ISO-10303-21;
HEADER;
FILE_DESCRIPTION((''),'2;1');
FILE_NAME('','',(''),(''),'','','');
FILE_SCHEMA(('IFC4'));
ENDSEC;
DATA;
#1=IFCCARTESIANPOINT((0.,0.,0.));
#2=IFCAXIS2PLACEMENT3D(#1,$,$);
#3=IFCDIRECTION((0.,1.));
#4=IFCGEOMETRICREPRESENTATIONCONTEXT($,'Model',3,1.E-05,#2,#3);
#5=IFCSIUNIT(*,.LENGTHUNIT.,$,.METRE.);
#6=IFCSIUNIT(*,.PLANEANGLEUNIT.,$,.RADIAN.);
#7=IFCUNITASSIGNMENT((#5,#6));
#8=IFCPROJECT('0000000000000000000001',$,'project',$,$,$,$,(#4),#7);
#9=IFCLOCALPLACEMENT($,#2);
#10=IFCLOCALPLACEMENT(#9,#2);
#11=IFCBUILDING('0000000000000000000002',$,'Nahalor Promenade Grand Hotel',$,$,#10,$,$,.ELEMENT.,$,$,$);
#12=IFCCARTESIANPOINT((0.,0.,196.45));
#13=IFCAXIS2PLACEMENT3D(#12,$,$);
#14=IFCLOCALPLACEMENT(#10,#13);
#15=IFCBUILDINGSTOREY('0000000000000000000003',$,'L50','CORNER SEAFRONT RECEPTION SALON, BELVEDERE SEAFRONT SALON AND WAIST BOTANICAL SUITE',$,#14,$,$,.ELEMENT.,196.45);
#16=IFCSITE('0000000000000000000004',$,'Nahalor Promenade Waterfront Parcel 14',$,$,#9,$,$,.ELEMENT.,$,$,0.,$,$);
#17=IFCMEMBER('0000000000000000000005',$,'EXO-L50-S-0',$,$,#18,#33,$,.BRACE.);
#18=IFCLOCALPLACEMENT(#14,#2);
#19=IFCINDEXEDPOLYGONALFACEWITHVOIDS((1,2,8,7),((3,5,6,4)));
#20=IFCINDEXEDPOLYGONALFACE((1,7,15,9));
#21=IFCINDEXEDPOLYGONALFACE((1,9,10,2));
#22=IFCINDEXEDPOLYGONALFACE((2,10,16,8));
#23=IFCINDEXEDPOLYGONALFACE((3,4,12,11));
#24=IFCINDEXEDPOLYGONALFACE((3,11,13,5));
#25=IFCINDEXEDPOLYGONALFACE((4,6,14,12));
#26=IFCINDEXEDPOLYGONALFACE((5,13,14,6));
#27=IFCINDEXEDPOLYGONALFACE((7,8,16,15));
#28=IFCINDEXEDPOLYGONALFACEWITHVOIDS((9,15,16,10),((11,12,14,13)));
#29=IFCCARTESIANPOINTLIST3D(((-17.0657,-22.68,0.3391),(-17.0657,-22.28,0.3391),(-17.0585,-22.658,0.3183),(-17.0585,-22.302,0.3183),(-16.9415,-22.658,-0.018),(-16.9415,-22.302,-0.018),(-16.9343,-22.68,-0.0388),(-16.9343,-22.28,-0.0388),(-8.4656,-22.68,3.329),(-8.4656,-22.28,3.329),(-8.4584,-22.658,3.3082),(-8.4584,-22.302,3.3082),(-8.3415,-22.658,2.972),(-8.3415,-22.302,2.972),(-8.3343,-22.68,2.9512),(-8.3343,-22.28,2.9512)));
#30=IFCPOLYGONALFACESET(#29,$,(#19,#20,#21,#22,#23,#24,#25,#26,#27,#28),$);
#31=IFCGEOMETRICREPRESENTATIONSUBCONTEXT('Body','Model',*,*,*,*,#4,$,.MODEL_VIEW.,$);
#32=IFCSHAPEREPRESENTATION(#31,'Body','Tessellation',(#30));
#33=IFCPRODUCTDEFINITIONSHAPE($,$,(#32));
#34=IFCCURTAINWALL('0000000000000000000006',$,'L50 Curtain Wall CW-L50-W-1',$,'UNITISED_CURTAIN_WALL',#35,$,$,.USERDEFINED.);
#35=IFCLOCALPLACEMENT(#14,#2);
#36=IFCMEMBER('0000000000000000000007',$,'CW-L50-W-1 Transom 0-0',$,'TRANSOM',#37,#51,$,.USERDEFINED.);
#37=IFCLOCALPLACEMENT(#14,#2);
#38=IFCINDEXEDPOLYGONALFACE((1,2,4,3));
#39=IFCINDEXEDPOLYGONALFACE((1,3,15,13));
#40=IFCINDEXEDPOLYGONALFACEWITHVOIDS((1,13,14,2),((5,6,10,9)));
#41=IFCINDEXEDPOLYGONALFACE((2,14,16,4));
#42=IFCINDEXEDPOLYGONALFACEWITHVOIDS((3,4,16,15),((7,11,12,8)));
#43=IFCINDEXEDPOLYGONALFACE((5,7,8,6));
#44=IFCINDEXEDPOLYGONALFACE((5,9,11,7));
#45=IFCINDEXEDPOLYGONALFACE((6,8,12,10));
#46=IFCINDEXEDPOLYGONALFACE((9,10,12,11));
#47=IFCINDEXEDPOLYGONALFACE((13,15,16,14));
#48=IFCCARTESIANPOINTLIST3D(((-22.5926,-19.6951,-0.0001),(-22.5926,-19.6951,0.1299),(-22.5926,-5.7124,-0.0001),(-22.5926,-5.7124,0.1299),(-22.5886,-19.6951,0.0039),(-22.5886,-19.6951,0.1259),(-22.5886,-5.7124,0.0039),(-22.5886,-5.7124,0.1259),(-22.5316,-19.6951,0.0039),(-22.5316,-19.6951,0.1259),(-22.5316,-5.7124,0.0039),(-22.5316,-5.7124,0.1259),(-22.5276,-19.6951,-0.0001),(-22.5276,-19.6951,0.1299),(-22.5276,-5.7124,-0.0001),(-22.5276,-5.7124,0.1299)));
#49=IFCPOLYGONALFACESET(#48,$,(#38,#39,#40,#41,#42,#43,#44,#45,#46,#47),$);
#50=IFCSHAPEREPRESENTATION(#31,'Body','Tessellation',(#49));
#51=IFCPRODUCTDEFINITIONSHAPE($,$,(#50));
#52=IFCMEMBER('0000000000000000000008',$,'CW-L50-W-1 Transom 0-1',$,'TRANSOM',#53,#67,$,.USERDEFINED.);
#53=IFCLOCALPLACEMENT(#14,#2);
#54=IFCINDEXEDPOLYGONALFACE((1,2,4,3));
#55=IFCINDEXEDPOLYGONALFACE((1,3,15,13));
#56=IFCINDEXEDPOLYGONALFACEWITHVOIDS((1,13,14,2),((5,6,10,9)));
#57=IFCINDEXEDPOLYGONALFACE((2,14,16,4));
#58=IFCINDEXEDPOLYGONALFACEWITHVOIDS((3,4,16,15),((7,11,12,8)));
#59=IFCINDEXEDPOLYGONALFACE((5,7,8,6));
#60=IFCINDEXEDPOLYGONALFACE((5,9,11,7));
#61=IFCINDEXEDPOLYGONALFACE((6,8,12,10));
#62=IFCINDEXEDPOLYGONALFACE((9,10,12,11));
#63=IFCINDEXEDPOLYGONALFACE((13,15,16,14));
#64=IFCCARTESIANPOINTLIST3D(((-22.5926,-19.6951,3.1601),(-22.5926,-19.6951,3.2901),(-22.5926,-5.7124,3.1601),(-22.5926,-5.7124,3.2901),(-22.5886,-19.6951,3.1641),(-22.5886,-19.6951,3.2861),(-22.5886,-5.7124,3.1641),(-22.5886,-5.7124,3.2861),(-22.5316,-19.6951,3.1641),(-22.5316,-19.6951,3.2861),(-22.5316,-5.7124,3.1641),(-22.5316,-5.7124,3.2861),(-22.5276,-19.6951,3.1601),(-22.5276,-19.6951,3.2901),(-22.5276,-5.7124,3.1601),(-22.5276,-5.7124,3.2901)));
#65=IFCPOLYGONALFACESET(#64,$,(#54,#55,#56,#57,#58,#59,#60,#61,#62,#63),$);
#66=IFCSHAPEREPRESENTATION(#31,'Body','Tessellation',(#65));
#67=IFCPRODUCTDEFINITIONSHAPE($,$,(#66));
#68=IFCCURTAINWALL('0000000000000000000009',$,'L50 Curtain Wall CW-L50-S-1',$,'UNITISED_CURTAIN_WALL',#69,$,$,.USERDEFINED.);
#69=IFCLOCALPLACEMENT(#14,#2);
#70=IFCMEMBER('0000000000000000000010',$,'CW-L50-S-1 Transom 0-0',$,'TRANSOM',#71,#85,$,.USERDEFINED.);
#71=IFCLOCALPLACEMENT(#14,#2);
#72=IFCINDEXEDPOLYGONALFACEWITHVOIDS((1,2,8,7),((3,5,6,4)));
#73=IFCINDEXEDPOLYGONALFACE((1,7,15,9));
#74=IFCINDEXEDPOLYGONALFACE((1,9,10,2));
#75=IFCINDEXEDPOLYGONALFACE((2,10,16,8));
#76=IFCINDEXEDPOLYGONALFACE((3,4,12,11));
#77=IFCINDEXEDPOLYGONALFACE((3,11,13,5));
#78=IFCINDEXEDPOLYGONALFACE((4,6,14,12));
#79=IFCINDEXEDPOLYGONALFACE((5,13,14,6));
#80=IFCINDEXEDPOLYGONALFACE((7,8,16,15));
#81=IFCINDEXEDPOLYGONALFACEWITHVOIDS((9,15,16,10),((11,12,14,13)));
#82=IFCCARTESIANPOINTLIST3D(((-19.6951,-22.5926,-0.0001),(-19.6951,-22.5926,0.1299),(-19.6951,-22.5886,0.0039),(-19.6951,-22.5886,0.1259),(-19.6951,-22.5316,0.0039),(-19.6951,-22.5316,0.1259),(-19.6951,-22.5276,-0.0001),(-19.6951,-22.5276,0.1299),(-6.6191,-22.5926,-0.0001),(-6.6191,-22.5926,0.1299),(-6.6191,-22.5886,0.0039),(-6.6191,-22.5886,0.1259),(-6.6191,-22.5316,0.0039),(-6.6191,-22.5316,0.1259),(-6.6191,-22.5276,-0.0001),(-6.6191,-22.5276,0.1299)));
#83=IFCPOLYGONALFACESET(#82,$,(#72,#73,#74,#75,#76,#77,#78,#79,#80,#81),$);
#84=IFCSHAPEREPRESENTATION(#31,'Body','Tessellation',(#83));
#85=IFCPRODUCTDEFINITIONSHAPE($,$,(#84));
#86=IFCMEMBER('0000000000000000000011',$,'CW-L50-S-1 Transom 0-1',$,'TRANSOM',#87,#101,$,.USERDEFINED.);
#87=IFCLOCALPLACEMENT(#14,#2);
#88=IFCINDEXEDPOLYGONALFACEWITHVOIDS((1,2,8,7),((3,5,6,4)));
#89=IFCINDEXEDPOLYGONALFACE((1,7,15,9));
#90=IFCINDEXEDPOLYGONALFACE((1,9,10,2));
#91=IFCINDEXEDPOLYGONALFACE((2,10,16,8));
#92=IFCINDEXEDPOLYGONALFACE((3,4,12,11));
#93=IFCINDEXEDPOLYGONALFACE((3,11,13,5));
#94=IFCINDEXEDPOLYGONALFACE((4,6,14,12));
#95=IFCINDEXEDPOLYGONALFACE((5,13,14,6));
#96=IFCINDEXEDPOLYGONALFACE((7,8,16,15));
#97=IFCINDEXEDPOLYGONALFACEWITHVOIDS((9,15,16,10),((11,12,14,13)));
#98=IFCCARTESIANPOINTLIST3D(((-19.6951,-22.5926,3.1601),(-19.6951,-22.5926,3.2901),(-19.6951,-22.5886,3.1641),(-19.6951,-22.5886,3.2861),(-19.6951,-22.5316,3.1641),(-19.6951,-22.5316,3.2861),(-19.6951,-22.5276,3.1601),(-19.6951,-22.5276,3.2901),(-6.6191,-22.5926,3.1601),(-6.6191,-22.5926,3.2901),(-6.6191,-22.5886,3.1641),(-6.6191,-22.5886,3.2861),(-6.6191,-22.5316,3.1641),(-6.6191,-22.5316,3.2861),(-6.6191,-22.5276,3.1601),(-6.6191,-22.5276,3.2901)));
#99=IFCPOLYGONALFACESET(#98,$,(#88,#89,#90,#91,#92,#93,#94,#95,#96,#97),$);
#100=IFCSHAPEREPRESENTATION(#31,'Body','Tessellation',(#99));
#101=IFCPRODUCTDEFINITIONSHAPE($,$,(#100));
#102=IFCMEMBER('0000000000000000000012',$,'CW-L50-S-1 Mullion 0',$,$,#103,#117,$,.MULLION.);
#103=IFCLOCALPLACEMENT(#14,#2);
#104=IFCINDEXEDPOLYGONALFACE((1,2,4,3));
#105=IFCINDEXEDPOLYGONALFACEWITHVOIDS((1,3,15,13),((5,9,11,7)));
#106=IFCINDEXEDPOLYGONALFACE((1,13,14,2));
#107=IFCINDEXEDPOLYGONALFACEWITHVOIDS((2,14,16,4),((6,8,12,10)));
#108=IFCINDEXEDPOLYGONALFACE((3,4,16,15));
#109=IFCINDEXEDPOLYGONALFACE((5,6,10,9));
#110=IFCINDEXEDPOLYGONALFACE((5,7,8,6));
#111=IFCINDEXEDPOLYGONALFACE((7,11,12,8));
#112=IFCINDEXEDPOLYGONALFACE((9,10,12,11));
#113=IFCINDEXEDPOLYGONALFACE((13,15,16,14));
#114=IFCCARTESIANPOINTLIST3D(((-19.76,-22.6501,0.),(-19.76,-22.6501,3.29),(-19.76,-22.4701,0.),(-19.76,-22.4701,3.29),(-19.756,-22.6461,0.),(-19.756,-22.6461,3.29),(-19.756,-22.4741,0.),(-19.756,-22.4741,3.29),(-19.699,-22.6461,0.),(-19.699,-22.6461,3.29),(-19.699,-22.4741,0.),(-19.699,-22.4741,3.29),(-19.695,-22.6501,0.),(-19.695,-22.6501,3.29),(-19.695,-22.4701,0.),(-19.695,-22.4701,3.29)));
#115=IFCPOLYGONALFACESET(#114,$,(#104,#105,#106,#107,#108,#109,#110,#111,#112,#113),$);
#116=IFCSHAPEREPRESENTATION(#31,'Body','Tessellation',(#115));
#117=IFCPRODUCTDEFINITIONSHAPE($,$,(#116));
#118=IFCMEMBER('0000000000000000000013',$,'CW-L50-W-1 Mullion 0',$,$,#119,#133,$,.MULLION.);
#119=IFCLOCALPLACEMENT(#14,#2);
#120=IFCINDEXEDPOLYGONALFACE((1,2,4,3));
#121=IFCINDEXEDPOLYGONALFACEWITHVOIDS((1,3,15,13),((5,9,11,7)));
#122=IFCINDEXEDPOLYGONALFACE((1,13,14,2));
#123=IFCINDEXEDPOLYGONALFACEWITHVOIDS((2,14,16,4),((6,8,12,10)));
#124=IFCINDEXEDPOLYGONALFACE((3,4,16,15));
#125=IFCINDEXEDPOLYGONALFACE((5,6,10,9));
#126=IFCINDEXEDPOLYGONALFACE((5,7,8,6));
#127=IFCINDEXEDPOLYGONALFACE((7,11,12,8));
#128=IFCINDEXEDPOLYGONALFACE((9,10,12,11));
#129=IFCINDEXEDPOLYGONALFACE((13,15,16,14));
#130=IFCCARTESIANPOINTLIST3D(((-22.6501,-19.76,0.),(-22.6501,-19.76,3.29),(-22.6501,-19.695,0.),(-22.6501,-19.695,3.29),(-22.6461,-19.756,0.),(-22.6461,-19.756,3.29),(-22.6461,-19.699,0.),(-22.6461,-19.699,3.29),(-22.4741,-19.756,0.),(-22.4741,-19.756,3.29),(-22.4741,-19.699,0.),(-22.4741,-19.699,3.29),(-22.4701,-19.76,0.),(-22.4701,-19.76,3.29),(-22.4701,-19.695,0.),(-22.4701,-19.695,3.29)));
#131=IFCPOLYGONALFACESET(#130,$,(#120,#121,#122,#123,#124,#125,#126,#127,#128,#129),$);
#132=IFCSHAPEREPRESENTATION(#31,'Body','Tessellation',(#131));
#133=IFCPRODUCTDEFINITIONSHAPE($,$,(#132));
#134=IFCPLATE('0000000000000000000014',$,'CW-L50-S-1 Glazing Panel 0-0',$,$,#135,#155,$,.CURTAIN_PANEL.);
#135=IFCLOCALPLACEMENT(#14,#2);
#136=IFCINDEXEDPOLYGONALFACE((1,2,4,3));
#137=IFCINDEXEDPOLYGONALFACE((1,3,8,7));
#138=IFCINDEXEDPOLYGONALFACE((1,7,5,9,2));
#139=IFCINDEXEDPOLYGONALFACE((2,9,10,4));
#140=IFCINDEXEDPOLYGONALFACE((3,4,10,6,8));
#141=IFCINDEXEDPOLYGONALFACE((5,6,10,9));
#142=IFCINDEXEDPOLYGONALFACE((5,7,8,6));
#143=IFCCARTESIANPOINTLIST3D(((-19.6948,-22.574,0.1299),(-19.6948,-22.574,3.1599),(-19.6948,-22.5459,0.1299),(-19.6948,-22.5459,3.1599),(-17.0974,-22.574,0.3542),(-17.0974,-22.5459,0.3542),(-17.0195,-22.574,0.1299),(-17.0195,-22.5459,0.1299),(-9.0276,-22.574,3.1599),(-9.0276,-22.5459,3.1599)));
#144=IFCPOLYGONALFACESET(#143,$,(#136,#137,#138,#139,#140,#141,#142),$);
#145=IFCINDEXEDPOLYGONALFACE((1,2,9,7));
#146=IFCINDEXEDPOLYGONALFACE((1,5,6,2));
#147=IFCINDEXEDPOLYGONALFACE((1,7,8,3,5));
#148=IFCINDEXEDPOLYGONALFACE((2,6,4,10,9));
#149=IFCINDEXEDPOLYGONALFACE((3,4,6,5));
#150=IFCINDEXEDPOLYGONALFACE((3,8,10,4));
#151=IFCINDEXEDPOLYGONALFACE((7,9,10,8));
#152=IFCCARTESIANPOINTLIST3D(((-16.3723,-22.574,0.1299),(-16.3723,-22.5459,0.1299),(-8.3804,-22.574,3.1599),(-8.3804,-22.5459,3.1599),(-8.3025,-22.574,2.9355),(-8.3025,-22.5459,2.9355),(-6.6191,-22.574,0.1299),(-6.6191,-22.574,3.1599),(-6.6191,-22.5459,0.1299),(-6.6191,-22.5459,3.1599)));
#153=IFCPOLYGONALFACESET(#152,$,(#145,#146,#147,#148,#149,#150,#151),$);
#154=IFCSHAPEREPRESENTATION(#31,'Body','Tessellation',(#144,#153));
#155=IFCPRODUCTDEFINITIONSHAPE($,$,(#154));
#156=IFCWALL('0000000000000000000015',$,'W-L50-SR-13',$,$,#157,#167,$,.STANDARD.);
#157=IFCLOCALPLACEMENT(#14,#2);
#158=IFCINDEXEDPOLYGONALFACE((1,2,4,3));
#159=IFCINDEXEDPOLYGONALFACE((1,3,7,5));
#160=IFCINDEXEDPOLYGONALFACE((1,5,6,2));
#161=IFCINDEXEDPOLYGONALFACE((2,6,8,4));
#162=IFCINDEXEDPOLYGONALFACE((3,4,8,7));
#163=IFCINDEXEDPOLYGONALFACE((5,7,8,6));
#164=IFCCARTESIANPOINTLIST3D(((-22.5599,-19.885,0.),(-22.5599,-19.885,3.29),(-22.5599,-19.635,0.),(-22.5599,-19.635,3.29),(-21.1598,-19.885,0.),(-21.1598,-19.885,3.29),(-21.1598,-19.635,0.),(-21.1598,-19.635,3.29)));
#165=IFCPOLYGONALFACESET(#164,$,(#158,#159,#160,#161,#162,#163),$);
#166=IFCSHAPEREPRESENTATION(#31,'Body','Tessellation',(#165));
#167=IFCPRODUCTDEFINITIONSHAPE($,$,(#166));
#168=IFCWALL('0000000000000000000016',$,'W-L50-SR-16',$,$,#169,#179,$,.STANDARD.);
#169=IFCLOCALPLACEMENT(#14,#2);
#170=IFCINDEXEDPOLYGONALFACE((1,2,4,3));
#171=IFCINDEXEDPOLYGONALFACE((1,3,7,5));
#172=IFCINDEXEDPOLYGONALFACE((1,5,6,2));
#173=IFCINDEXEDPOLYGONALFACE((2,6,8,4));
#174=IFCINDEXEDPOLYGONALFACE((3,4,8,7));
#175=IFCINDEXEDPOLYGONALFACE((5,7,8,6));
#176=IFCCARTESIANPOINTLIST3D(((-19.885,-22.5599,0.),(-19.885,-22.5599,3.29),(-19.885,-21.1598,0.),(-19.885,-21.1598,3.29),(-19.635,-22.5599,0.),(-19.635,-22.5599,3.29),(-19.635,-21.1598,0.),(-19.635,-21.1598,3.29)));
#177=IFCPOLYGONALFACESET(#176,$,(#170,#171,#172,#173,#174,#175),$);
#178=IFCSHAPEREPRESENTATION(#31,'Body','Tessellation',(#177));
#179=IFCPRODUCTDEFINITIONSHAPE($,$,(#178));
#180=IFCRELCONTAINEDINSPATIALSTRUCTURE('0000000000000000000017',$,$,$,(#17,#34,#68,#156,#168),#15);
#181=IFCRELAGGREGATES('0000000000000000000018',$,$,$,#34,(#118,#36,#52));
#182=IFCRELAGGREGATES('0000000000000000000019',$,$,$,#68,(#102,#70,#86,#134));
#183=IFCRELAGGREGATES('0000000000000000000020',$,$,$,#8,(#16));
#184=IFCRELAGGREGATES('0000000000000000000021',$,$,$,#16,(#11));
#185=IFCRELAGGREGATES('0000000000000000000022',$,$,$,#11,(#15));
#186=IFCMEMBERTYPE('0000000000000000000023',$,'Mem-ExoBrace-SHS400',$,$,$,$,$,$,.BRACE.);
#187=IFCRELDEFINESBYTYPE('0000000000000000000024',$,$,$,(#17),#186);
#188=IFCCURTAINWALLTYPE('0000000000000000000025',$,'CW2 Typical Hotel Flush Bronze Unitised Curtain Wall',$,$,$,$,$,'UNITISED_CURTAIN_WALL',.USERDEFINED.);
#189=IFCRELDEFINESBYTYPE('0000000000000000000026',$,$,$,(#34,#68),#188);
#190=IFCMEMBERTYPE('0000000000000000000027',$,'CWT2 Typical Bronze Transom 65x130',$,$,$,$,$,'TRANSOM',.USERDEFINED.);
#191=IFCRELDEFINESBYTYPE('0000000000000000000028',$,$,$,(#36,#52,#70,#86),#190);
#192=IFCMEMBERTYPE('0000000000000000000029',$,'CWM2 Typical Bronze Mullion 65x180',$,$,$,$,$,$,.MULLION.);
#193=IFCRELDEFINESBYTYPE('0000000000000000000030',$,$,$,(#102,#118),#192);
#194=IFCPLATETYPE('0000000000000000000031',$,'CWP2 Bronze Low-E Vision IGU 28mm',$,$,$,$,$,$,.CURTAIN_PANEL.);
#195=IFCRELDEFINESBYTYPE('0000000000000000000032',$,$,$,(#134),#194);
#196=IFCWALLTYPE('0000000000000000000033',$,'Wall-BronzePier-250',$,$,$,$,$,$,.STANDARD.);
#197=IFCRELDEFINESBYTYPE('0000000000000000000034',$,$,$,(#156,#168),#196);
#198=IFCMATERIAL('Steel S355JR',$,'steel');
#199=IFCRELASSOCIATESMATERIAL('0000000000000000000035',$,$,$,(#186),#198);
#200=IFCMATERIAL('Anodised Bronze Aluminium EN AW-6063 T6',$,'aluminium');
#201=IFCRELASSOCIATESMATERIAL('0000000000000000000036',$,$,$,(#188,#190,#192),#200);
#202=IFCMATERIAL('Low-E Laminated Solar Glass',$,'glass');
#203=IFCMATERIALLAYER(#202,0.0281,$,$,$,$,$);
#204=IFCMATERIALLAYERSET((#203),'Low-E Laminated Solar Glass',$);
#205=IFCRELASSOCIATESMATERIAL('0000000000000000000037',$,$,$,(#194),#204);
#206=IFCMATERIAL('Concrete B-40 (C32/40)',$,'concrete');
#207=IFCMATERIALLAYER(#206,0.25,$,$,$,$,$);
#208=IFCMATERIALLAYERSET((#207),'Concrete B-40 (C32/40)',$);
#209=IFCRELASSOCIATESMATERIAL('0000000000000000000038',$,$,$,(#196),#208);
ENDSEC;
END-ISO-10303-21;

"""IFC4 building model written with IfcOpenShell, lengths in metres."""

from ifc_helpers import new_model, si_unit, direction, frame, frame_2d, origin, origin_2d, place, context, subcontext, project, spatial, polyline, rectangle, hollow_rectangle, outline, extrude, source, transform, mapped, material, layer, layer_set, material_profile, profile_set, type_object, element, aggregate, save


model = new_model("IFC4")

# Units and contexts
model_context = context("Model", 3, precision=1e-05, world=origin(), true_north=direction((0.0, 1.0)))
body_context = subcontext(model_context, "Body", "Model", "MODEL_VIEW")
ifc_project = project(units=[si_unit("LENGTHUNIT", "METRE"), si_unit("PLANEANGLEUNIT", "RADIAN")], contexts=[model_context])

# Site, building, storey
site_placement = place(None, origin())
site = spatial("IfcSite", under=ifc_project, at=site_placement, Name="Nahalor Promenade Waterfront Parcel 14", CompositionType="ELEMENT", RefElevation=0.0)
building_placement = place(site_placement, origin())
building = spatial("IfcBuilding", under=site, at=building_placement, Name="Nahalor Promenade Grand Hotel", CompositionType="ELEMENT")
storey_placement = place(building_placement, frame((0.0, 0.0, 196.45)))
storey = spatial("IfcBuildingStorey", under=building, at=storey_placement, Name="L50", Description="CORNER SEAFRONT RECEPTION SALON, BELVEDERE SEAFRONT SALON AND WAIST BOTANICAL SUITE", CompositionType="ELEMENT", Elevation=196.45)

# Shared definitions
ifc_material_1 = material(Name="Steel S355JR", Category="steel")

# Member
ifc_material_profile_1 = material_profile(ifc_material_1, hollow_rectangle(XDim=0.4, YDim=0.4, WallThickness=0.022, at=origin_2d()), Name="SHS 400x400x22")
ifc_profile_set_1 = profile_set([ifc_material_profile_1], Name="Steel S355JR")
member_type_1 = type_object("IfcMemberType", Name="Mem-ExoBrace-SHS400", PredefinedType="BRACE", material=ifc_profile_set_1)
shared_shape_1 = source(origin(), body_context, "Body", "SweptSolid", [
    extrude(hollow_rectangle(XDim=0.4, YDim=0.4, WallThickness=0.022, at=origin_2d()), origin(), (0.0, 0.0, 1.0), 9.105),
])
member_1_placement = place(storey_placement, frame((-17.0, -22.48, 0.1501), z_axis=(0.944543, 0.0, 0.328389), x_axis=(0.0, 1.0, 0.0)))
element("IfcMember", 1, at=member_1_placement, inside=storey, type_object=member_type_1, Name="EXO-L50-S-0", PredefinedType="BRACE", context=body_context, shape_type="MappedRepresentation", body=[
    mapped(shared_shape_1, transform((0.0, 0.0, 0.0), scale=1.0)),
])

# Curtain walls, members
ifc_material_2 = material(Name="Anodised Bronze Aluminium EN AW-6063 T6", Category="aluminium")
curtain_wall_type = type_object("IfcCurtainWallType", Name="CW2 Typical Hotel Flush Bronze Unitised Curtain Wall", ElementType="UNITISED_CURTAIN_WALL", PredefinedType="USERDEFINED", material=ifc_material_2)
curtain_wall_1_placement = place(storey_placement, origin())
curtain_wall_1 = element("IfcCurtainWall", 2, at=curtain_wall_1_placement, inside=storey, type_object=curtain_wall_type, Name="L50 Curtain Wall CW-L50-W-1", ObjectType="UNITISED_CURTAIN_WALL", PredefinedType="USERDEFINED")
ifc_material_profile_2 = material_profile(ifc_material_2, hollow_rectangle(XDim=0.065, YDim=0.13, WallThickness=0.004, at=origin_2d()), Name="CWT 65x130x4")
ifc_profile_set_2 = profile_set([ifc_material_profile_2], Name="Anodised Bronze Aluminium EN AW-6063 T6")
member_type_2 = type_object("IfcMemberType", Name="CWT2 Typical Bronze Transom 65x130", ElementType="TRANSOM", PredefinedType="USERDEFINED", material=ifc_profile_set_2)
shared_shape_2 = source(origin(), body_context, "Body", "SweptSolid", [
    extrude(hollow_rectangle(XDim=0.065, YDim=0.13, WallThickness=0.004, at=origin_2d()), origin(), (0.0, 0.0, 1.0), 13.9827),
])
member_2_placement = place(storey_placement, frame((-22.5601, -19.6951, 0.0649), z_axis=(0.0, 1.0, 0.0), x_axis=(-1.0, 0.0, 0.0)))
member_2 = element("IfcMember", 3, at=member_2_placement, type_object=member_type_2, Name="CW-L50-W-1 Transom 0-0", ObjectType="TRANSOM", PredefinedType="USERDEFINED", context=body_context, shape_type="MappedRepresentation", body=[
    mapped(shared_shape_2, transform((0.0, 0.0, 0.0), scale=1.0)),
])
member_3_placement = place(storey_placement, frame((-22.5601, -19.6951, 3.2251), z_axis=(0.0, 1.0, 0.0), x_axis=(-1.0, 0.0, 0.0)))
member_3 = element("IfcMember", 4, at=member_3_placement, type_object=member_type_2, Name="CW-L50-W-1 Transom 0-1", ObjectType="TRANSOM", PredefinedType="USERDEFINED", context=body_context, shape_type="MappedRepresentation", body=[
    mapped(shared_shape_2, transform((0.0, 0.0, 0.0), scale=1.0)),
])
curtain_wall_2_placement = place(storey_placement, origin())
curtain_wall_2 = element("IfcCurtainWall", 5, at=curtain_wall_2_placement, inside=storey, type_object=curtain_wall_type, Name="L50 Curtain Wall CW-L50-S-1", ObjectType="UNITISED_CURTAIN_WALL", PredefinedType="USERDEFINED")
shared_shape_3 = source(origin(), body_context, "Body", "SweptSolid", [
    extrude(hollow_rectangle(XDim=0.065, YDim=0.13, WallThickness=0.004, at=origin_2d()), origin(), (0.0, 0.0, 1.0), 13.0759),
])
member_4_placement = place(storey_placement, frame((-19.6951, -22.5601, 0.0649), z_axis=(1.0, 0.0, 0.0), x_axis=(0.0, 1.0, 0.0)))
member_4 = element("IfcMember", 6, at=member_4_placement, type_object=member_type_2, Name="CW-L50-S-1 Transom 0-0", ObjectType="TRANSOM", PredefinedType="USERDEFINED", context=body_context, shape_type="MappedRepresentation", body=[
    mapped(shared_shape_3, transform((0.0, 0.0, 0.0), scale=1.0)),
])
member_5_placement = place(storey_placement, frame((-19.6951, -22.5601, 3.2251), z_axis=(1.0, 0.0, 0.0), x_axis=(0.0, 1.0, 0.0)))
member_5 = element("IfcMember", 7, at=member_5_placement, type_object=member_type_2, Name="CW-L50-S-1 Transom 0-1", ObjectType="TRANSOM", PredefinedType="USERDEFINED", context=body_context, shape_type="MappedRepresentation", body=[
    mapped(shared_shape_3, transform((0.0, 0.0, 0.0), scale=1.0)),
])
ifc_material_profile_3 = material_profile(ifc_material_2, hollow_rectangle(XDim=0.065, YDim=0.18, WallThickness=0.004, at=origin_2d()), Name="CWM 65x180x4")
ifc_profile_set_3 = profile_set([ifc_material_profile_3], Name="Anodised Bronze Aluminium EN AW-6063 T6")
member_type_3 = type_object("IfcMemberType", Name="CWM2 Typical Bronze Mullion 65x180", PredefinedType="MULLION", material=ifc_profile_set_3)
shared_shape_4 = source(origin(), body_context, "Body", "SweptSolid", [
    extrude(hollow_rectangle(XDim=0.065, YDim=0.18, WallThickness=0.004, at=origin_2d()), origin(), (0.0, 0.0, 1.0), 3.29),
])
member_6_placement = place(storey_placement, frame((-19.7275, -22.5601, 0.0), z_axis=(0.0, 0.0, 1.0), x_axis=(1.0, 0.0, 0.0)))
member_6 = element("IfcMember", 8, at=member_6_placement, type_object=member_type_3, Name="CW-L50-S-1 Mullion 0", PredefinedType="MULLION", context=body_context, shape_type="MappedRepresentation", body=[
    mapped(shared_shape_4, transform((0.0, 0.0, 0.0), scale=1.0)),
])

# Member
member_7_placement = place(storey_placement, frame((-22.5601, -19.7275, 0.0), z_axis=(0.0, 0.0, 1.0), x_axis=(0.0, 1.0, 0.0)))
member_7 = element("IfcMember", 9, at=member_7_placement, type_object=member_type_3, Name="CW-L50-W-1 Mullion 0", PredefinedType="MULLION", context=body_context, shape_type="MappedRepresentation", body=[
    mapped(shared_shape_4, transform((0.0, 0.0, 0.0), scale=1.0)),
])
aggregate(curtain_wall_1, [member_7, member_2, member_3])

# Plate
ifc_material_3 = material(Name="Low-E Laminated Solar Glass", Category="glass")
ifc_layer_1 = layer(ifc_material_3, 0.0281)
ifc_layer_set_1 = layer_set([ifc_layer_1], Name="Low-E Laminated Solar Glass")
plate_type = type_object("IfcPlateType", Name="CWP2 Bronze Low-E Vision IGU 28mm", PredefinedType="CURTAIN_PANEL", material=ifc_layer_set_1)
plate_placement = place(storey_placement, frame((-13.157, -22.5601, 0.1299), z_axis=(0.0, 0.0, 1.0), x_axis=(1.0, 0.0, 0.0)))
plate = element("IfcPlate", 10, at=plate_placement, type_object=plate_type, Name="CW-L50-S-1 Glazing Panel 0-0", PredefinedType="CURTAIN_PANEL", context=body_context, shape_type="SweptSolid", body=[
    extrude(outline(polyline([(-6.5378, 3.03), (-6.5378, 0.0), (-3.8625, 0.0), (-3.9404, 0.2244), (4.1294, 3.03), (-6.5378, 3.03)])), frame((0.0, 0.0142, 0.0), z_axis=(0.0, -1.0, 0.0), x_axis=(1.0, 0.0, 0.0)), (0.0, 0.0, 1.0), 0.0281),
    extrude(outline(polyline([(6.5378, 0.0), (6.5378, 3.03), (4.7766, 3.03), (4.8545, 2.8057), (-3.2153, 0.0), (6.5378, 0.0)])), frame((0.0, 0.0142, 0.0), z_axis=(0.0, -1.0, 0.0), x_axis=(1.0, 0.0, 0.0)), (0.0, 0.0, 1.0), 0.0281),
])
aggregate(curtain_wall_2, [member_6, member_4, member_5, plate])

# Walls
ifc_material_4 = material(Name="Concrete B-40 (C32/40)", Category="concrete")
ifc_layer_2 = layer(ifc_material_4, 0.25)
ifc_layer_set_2 = layer_set([ifc_layer_2], Name="Concrete B-40 (C32/40)")
wall_type_1 = type_object("IfcWallType", Name="Wall-BronzePier-250", PredefinedType="STANDARD", material=ifc_layer_set_2)
shared_shape_5 = source(origin(), body_context, "Body", "SweptSolid", [
    extrude(rectangle(XDim=1.4001, YDim=0.25, at=frame_2d((0.7002, 0.0))), origin(), (0.0, 0.0, 1.0), 3.29),
])
for number, where, z_axis, x_axis, name in (
    (11, (-22.5601, -19.76, 0.0), (0.0, 0.0, 1.0), (1.0, 0.0, 0.0), "W-L50-SR-13"),
    (12, (-19.76, -22.5601, 0.0), (0.0, 0.0, 1.0), (0.0, 1.0, 0.0), "W-L50-SR-16"),
):
    element("IfcWall", number, at=place(storey_placement, frame(where, z_axis=z_axis, x_axis=x_axis)), inside=storey, type_object=wall_type_1, Name=name, PredefinedType="STANDARD", context=body_context, shape_type="MappedRepresentation", body=[
        mapped(shared_shape_5, transform((0.0, 0.0, 0.0), scale=1.0)),
    ])

save(model, "model.ifc")
